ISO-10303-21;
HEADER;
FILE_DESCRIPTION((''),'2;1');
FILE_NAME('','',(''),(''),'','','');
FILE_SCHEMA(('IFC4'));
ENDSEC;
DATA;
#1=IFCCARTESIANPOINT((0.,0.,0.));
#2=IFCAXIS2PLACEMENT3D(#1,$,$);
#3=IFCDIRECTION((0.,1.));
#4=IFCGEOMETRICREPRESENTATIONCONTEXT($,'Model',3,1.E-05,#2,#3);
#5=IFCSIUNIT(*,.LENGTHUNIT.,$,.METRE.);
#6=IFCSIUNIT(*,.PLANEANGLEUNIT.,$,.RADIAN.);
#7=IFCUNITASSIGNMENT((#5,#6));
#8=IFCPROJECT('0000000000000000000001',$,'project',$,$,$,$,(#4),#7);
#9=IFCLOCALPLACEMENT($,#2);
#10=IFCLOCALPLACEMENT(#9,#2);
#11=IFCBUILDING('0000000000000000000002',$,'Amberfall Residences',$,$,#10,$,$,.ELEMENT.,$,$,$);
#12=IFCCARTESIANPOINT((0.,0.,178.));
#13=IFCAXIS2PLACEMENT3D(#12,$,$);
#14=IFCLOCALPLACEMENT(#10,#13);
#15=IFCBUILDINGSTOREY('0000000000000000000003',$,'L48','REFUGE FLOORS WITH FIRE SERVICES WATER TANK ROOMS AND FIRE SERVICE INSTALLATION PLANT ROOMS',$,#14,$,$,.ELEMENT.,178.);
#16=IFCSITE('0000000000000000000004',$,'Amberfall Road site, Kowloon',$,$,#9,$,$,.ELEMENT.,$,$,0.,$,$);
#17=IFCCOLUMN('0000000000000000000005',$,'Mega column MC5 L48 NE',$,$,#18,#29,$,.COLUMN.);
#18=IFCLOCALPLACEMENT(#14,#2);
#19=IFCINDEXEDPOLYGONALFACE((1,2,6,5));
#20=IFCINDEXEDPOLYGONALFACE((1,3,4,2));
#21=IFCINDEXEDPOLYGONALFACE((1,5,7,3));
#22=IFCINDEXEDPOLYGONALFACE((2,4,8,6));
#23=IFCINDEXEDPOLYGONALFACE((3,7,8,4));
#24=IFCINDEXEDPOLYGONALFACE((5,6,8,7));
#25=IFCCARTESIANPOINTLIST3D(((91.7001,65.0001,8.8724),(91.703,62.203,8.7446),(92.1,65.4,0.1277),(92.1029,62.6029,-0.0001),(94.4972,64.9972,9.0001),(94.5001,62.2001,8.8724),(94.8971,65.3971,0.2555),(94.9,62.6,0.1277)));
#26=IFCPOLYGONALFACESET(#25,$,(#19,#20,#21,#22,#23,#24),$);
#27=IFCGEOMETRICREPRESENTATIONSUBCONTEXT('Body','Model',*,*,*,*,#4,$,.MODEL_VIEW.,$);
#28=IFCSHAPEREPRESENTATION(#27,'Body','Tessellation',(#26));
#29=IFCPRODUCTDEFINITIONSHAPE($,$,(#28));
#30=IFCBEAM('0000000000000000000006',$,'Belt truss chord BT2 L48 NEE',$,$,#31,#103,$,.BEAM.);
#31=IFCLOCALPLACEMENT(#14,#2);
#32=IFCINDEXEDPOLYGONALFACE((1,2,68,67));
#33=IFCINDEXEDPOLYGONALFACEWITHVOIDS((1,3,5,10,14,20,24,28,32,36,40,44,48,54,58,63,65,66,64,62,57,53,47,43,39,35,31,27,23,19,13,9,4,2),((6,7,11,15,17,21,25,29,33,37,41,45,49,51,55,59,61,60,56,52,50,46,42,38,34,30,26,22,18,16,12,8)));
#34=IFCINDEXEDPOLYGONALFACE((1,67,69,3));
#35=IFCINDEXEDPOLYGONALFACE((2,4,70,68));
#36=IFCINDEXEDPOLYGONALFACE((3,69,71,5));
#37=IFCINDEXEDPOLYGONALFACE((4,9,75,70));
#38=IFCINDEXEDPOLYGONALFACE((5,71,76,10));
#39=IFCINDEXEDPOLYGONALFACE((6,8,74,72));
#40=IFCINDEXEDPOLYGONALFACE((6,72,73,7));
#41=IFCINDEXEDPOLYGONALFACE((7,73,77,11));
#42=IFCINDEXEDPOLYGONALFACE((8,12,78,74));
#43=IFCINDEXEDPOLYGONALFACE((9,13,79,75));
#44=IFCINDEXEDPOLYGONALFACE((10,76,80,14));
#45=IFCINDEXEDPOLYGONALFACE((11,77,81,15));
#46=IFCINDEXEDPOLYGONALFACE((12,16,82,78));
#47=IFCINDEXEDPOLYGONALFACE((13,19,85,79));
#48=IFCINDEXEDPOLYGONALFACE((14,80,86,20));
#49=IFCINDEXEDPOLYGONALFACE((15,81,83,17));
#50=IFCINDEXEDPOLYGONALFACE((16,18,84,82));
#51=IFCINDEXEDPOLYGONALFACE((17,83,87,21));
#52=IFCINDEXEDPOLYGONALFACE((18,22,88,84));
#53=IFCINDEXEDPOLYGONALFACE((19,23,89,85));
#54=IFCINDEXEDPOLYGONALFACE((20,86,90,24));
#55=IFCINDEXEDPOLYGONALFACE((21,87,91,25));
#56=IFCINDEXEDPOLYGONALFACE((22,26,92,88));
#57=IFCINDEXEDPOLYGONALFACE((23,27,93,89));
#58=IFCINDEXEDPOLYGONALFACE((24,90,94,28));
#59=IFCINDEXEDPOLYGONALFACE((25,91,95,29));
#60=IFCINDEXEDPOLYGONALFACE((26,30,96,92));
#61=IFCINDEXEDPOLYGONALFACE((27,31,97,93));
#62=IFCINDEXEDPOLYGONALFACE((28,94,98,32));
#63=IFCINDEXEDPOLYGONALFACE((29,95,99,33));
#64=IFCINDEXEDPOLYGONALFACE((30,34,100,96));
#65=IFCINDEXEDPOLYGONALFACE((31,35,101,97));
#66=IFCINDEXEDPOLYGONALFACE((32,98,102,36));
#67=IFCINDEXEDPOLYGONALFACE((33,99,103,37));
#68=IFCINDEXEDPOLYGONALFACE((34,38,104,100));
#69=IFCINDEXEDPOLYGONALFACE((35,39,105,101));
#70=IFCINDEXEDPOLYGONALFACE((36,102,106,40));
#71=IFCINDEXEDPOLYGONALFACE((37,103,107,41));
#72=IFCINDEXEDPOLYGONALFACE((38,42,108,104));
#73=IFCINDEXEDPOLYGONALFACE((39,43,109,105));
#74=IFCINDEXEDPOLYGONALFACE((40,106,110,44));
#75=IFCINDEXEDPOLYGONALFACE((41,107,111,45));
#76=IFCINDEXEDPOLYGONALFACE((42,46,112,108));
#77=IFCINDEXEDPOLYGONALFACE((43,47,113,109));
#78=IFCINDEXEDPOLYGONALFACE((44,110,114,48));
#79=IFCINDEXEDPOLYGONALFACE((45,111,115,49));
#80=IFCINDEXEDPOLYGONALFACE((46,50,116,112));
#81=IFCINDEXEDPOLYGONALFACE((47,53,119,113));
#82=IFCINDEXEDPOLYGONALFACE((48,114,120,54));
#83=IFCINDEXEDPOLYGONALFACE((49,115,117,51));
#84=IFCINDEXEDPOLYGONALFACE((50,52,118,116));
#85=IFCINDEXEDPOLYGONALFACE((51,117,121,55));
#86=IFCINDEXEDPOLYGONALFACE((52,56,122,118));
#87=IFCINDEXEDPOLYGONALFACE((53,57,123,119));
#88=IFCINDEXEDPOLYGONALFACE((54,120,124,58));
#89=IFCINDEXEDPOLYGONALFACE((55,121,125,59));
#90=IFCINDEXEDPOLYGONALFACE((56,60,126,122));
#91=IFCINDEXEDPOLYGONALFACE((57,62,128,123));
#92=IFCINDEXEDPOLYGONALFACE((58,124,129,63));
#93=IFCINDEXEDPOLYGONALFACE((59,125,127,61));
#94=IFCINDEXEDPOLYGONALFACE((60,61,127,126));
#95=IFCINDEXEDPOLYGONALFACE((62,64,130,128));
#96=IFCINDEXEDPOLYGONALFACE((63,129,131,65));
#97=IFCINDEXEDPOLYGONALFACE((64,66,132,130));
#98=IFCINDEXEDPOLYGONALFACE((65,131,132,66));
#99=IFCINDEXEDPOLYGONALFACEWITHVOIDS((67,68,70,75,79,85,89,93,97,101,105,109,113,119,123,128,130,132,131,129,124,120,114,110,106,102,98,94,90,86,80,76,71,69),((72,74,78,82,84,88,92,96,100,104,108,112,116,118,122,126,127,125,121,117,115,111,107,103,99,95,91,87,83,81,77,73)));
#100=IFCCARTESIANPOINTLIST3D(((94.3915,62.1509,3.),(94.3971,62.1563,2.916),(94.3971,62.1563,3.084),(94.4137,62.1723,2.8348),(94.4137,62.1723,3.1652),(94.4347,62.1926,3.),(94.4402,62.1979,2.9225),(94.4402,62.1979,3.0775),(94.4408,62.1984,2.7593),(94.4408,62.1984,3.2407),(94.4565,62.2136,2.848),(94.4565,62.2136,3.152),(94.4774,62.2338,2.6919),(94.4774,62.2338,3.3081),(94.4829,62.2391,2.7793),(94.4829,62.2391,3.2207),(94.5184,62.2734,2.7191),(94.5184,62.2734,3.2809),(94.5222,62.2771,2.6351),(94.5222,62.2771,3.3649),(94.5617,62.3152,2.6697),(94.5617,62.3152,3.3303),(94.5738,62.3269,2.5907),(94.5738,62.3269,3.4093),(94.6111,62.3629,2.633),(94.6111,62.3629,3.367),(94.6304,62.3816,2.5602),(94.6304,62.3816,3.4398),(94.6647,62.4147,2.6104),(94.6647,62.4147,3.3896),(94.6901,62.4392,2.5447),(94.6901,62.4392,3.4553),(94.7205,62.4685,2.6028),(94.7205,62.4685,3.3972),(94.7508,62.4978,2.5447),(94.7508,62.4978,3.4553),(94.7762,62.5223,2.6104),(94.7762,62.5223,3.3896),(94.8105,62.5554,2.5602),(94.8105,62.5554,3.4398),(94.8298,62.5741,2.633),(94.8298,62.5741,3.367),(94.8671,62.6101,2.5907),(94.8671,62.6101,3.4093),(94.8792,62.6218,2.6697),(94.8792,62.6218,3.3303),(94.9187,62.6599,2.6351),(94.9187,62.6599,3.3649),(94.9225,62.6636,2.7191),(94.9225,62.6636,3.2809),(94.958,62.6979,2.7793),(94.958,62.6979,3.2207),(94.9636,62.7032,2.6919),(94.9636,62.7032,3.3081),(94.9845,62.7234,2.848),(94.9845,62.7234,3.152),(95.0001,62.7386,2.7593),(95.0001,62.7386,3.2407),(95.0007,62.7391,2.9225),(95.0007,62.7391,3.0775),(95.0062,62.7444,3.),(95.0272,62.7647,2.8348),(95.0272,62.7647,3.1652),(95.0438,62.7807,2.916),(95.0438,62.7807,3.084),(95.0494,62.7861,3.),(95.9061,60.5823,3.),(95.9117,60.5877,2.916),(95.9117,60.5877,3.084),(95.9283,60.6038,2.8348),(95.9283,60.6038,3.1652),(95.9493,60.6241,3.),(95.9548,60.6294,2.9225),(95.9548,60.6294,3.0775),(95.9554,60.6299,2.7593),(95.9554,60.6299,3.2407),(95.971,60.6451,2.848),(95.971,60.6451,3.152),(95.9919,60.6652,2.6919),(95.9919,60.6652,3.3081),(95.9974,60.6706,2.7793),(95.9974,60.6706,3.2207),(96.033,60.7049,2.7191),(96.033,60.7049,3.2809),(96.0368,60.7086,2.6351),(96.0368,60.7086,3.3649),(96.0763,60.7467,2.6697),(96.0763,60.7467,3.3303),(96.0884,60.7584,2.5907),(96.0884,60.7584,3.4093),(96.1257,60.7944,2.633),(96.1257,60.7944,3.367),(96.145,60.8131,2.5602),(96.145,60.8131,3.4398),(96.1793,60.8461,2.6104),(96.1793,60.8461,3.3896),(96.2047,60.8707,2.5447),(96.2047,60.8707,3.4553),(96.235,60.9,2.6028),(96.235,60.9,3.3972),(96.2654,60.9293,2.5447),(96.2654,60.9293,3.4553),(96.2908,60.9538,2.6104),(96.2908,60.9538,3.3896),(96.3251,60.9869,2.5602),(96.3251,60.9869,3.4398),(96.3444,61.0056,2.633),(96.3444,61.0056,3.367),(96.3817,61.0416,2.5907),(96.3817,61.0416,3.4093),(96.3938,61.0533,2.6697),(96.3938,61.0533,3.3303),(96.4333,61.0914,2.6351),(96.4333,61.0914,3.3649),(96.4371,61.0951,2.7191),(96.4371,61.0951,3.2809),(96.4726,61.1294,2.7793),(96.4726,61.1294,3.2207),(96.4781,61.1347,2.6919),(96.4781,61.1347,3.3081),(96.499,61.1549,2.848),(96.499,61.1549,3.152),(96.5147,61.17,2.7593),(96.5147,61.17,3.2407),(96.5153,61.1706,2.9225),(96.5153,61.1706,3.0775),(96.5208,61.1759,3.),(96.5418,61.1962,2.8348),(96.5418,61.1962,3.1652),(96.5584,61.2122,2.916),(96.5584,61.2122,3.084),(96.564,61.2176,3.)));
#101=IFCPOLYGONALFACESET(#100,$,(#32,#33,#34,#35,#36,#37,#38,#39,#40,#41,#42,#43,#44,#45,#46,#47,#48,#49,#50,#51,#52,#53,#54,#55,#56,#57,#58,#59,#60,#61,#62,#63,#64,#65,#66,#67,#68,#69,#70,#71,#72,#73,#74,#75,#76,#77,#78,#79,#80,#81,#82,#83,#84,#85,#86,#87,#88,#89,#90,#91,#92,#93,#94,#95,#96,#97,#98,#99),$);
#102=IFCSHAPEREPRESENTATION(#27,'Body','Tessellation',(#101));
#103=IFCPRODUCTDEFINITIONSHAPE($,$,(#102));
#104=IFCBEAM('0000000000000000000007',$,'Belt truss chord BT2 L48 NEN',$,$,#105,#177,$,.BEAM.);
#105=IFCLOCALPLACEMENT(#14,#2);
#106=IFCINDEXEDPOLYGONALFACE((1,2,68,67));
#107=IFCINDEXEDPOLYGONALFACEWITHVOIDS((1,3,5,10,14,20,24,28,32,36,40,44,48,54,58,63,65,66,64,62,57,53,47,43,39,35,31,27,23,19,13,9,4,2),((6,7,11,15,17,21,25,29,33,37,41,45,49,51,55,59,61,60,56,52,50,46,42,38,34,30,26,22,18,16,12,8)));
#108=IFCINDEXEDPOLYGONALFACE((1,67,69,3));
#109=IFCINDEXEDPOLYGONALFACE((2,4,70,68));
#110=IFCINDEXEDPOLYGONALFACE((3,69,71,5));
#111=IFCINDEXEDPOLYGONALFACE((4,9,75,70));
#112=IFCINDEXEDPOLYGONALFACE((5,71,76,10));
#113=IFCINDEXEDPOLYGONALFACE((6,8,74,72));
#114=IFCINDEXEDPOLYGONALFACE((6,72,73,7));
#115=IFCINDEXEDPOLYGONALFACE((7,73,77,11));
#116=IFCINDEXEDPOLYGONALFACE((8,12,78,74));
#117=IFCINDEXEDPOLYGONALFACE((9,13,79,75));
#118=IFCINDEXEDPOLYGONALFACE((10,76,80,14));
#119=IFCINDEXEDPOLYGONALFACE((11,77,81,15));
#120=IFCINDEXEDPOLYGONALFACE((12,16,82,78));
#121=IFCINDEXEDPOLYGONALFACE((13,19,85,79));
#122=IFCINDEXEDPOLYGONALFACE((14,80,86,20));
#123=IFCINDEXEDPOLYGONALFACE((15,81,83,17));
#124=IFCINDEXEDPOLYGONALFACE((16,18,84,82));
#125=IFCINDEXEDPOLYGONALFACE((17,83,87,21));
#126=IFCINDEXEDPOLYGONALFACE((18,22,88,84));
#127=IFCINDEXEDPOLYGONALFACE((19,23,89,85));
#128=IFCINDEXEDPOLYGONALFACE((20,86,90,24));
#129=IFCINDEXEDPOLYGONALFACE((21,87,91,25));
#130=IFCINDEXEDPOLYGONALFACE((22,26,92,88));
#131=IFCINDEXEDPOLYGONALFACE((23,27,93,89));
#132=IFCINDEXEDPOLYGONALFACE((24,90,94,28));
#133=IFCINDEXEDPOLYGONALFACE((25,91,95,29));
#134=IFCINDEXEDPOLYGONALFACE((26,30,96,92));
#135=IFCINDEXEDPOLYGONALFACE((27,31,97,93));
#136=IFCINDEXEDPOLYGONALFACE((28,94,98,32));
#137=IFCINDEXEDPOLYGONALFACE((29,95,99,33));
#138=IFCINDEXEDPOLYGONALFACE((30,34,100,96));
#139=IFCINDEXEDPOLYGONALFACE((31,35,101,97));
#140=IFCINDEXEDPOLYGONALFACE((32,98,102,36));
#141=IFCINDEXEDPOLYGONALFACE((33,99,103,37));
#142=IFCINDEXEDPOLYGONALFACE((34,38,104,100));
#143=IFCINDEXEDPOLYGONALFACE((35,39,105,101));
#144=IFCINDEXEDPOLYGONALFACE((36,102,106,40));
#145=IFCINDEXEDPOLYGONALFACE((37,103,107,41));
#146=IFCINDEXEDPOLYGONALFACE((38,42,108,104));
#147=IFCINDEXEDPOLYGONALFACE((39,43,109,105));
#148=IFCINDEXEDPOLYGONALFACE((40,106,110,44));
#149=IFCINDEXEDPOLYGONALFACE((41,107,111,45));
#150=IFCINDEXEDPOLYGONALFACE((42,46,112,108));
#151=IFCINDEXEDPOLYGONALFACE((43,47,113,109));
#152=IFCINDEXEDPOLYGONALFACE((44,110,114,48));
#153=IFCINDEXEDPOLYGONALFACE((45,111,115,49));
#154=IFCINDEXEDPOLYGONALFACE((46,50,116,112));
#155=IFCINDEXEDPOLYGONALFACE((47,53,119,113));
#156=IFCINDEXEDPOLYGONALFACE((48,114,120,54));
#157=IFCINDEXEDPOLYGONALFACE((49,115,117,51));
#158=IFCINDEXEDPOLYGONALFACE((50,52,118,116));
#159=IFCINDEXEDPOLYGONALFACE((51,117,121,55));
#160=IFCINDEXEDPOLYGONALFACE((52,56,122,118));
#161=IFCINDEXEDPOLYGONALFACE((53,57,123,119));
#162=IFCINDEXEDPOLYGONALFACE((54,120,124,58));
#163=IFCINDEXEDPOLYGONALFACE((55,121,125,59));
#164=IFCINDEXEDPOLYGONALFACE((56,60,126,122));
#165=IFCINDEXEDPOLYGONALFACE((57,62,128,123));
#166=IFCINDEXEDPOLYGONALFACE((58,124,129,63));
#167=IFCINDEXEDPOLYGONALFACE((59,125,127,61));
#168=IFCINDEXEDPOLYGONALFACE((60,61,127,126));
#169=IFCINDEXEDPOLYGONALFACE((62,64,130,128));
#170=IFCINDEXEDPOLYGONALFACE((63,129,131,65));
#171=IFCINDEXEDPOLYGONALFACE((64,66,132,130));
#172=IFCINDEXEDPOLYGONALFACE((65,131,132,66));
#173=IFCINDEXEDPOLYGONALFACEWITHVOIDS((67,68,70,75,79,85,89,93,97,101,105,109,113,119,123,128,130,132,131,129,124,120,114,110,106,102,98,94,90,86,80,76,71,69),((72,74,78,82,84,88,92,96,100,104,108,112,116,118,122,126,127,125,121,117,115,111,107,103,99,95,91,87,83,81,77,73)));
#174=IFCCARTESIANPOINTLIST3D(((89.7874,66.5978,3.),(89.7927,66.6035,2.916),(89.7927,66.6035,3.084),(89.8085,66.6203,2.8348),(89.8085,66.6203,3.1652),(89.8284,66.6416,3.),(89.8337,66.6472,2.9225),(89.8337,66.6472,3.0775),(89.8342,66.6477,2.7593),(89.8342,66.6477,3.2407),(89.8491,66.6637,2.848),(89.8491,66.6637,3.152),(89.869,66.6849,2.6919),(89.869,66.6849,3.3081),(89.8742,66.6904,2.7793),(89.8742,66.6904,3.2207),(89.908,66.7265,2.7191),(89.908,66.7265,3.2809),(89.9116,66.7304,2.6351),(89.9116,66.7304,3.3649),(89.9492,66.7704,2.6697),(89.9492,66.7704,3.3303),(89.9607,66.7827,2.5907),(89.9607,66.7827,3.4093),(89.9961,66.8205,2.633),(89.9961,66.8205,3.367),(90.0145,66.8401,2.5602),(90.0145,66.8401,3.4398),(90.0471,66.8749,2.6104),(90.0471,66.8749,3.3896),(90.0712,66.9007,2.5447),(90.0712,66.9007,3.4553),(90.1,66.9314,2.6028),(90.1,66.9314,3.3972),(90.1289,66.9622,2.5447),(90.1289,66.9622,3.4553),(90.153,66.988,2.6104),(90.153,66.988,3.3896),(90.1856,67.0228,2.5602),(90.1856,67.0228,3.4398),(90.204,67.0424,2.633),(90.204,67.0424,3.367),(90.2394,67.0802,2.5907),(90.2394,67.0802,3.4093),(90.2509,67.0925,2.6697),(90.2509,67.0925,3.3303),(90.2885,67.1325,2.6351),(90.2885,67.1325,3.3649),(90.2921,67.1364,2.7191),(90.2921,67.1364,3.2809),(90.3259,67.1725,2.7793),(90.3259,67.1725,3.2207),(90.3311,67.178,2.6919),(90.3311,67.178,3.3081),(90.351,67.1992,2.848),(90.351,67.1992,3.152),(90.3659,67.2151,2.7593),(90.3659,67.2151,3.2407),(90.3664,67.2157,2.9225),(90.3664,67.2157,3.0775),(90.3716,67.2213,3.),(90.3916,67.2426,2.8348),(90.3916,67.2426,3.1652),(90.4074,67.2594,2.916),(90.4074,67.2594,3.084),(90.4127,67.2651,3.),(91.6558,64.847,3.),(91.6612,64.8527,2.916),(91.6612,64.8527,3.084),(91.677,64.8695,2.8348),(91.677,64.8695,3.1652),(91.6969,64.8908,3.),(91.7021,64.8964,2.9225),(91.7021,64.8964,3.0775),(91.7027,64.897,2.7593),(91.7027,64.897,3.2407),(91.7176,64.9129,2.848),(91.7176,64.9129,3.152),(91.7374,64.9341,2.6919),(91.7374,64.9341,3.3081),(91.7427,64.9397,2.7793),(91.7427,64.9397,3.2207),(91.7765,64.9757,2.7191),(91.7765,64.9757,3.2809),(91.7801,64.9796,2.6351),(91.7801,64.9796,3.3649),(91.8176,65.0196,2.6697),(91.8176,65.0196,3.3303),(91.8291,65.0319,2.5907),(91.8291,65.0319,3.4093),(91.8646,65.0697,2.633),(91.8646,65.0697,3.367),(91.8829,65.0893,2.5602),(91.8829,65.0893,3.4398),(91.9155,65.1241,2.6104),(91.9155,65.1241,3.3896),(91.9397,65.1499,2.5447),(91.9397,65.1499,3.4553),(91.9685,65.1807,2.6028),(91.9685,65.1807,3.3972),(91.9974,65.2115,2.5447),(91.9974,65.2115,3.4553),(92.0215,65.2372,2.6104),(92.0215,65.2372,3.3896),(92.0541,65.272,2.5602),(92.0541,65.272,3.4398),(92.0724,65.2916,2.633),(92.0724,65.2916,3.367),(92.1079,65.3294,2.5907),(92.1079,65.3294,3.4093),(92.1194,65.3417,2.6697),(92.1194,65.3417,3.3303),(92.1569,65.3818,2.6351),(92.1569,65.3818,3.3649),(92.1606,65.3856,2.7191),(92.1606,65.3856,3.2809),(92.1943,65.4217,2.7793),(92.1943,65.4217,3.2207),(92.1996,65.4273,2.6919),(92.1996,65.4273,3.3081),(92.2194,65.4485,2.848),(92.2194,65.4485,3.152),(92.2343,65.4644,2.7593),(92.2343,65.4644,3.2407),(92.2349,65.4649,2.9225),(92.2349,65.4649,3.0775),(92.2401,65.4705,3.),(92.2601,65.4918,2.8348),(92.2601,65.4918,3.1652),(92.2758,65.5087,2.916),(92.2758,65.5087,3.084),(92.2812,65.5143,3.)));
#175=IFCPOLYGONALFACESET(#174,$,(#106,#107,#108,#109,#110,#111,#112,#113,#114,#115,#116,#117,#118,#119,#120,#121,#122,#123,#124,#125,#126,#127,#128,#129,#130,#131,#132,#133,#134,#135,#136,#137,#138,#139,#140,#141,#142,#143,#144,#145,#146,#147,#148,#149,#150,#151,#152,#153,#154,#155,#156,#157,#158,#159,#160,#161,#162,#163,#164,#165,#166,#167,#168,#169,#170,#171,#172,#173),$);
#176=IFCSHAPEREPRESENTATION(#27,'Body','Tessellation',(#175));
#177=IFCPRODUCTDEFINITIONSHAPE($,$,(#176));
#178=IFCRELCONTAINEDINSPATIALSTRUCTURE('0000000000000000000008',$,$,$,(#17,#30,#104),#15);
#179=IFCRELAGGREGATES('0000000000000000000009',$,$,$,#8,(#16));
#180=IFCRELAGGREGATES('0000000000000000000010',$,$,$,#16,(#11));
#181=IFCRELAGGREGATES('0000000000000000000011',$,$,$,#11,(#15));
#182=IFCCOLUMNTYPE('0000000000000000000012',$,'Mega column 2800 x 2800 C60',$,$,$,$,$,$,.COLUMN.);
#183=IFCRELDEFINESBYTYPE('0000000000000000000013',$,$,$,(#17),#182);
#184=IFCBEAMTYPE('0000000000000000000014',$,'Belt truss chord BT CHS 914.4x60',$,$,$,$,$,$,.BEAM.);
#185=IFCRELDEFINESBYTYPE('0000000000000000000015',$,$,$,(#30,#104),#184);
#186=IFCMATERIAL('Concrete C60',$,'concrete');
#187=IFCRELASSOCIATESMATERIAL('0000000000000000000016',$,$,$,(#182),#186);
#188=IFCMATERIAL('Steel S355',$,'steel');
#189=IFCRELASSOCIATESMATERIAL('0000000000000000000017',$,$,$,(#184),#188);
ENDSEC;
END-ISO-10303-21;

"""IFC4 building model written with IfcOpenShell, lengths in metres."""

from ifc_helpers import new_model, si_unit, direction, frame, origin, origin_2d, place, context, subcontext, project, spatial, rectangle, hollow_circle, extrude, material, material_profile, profile_set, type_object, element, save


model = new_model("IFC4")

# Units and contexts
model_context = context("Model", 3, precision=1e-05, world=origin(), true_north=direction((0.0, 1.0)))
body_context = subcontext(model_context, "Body", "Model", "MODEL_VIEW")
ifc_project = project(units=[si_unit("LENGTHUNIT", "METRE"), si_unit("PLANEANGLEUNIT", "RADIAN")], contexts=[model_context])

# Site, building, storey
site_placement = place(None, origin())
site = spatial("IfcSite", under=ifc_project, at=site_placement, Name="Amberfall Road site, Kowloon", CompositionType="ELEMENT", RefElevation=0.0)
building_placement = place(site_placement, origin())
building = spatial("IfcBuilding", under=site, at=building_placement, Name="Amberfall Residences", CompositionType="ELEMENT")
storey_placement = place(building_placement, frame((0.0, 0.0, 178.0)))
storey = spatial("IfcBuildingStorey", under=building, at=storey_placement, Name="L48", Description="REFUGE FLOORS WITH FIRE SERVICES WATER TANK ROOMS AND FIRE SERVICE INSTALLATION PLANT ROOMS", CompositionType="ELEMENT", Elevation=178.0)

# Column
ifc_material_1 = material(Name="Concrete C60", Category="concrete")
ifc_material_profile_1 = material_profile(ifc_material_1, rectangle(XDim=2.8, YDim=2.8, at=origin_2d()), Name="Mega column 2800 x 2800 C60")
ifc_profile_set_1 = profile_set([ifc_material_profile_1], Name="Concrete C60")
column_type = type_object("IfcColumnType", Name="Mega column 2800 x 2800 C60", PredefinedType="COLUMN", material=ifc_profile_set_1)
column_placement = place(storey_placement, frame((93.5, 64.0, 0.1277), z_axis=(-0.045636, -0.045636, 0.997915), x_axis=(0.998958, -0.001042, 0.045636)))
element("IfcColumn", 1, at=column_placement, inside=storey, type_object=column_type, Name="Mega column MC5 L48 NE", PredefinedType="COLUMN", context=body_context, shape_type="SweptSolid", body=[
    extrude(rectangle(XDim=2.8, YDim=2.8, at=origin_2d()), origin(), (0.0, 0.0, 1.0), 8.7629),
])

# Beams
ifc_material_2 = material(Name="Steel S355", Category="steel")
ifc_material_profile_2 = material_profile(ifc_material_2, hollow_circle(Radius=0.4573, WallThickness=0.0601, at=origin_2d()), Name="CHS 914.4x60")
ifc_profile_set_2 = profile_set([ifc_material_profile_2], Name="Steel S355")
beam_type_1 = type_object("IfcBeamType", Name="Belt truss chord BT CHS 914.4x60", PredefinedType="BEAM", material=ifc_profile_set_2)
beam_1_placement = place(storey_placement, frame((94.7205, 62.4685, 3.0), z_axis=(0.694626, -0.719371, 0.0), x_axis=(0.719371, 0.694626, 0.0)))
element("IfcBeam", 2, at=beam_1_placement, inside=storey, type_object=beam_type_1, Name="Belt truss chord BT2 L48 NEE", PredefinedType="BEAM", context=body_context, shape_type="SweptSolid", body=[
    extrude(hollow_circle(Radius=0.4573, WallThickness=0.0601, at=origin_2d()), origin(), (0.0, 0.0, 1.0), 2.1804),
])
beam_2_placement = place(storey_placement, frame((91.9685, 65.1807, 3.0), z_axis=(-0.729713, 0.683754, 0.0), x_axis=(-0.683754, -0.729713, 0.0)))
element("IfcBeam", 3, at=beam_2_placement, inside=storey, type_object=beam_type_1, Name="Belt truss chord BT2 L48 NEN", PredefinedType="BEAM", context=body_context, shape_type="SweptSolid", body=[
    extrude(hollow_circle(Radius=0.4573, WallThickness=0.0601, at=origin_2d()), origin(), (0.0, 0.0, 1.0), 2.5605),
])

save(model, "model.ifc")
